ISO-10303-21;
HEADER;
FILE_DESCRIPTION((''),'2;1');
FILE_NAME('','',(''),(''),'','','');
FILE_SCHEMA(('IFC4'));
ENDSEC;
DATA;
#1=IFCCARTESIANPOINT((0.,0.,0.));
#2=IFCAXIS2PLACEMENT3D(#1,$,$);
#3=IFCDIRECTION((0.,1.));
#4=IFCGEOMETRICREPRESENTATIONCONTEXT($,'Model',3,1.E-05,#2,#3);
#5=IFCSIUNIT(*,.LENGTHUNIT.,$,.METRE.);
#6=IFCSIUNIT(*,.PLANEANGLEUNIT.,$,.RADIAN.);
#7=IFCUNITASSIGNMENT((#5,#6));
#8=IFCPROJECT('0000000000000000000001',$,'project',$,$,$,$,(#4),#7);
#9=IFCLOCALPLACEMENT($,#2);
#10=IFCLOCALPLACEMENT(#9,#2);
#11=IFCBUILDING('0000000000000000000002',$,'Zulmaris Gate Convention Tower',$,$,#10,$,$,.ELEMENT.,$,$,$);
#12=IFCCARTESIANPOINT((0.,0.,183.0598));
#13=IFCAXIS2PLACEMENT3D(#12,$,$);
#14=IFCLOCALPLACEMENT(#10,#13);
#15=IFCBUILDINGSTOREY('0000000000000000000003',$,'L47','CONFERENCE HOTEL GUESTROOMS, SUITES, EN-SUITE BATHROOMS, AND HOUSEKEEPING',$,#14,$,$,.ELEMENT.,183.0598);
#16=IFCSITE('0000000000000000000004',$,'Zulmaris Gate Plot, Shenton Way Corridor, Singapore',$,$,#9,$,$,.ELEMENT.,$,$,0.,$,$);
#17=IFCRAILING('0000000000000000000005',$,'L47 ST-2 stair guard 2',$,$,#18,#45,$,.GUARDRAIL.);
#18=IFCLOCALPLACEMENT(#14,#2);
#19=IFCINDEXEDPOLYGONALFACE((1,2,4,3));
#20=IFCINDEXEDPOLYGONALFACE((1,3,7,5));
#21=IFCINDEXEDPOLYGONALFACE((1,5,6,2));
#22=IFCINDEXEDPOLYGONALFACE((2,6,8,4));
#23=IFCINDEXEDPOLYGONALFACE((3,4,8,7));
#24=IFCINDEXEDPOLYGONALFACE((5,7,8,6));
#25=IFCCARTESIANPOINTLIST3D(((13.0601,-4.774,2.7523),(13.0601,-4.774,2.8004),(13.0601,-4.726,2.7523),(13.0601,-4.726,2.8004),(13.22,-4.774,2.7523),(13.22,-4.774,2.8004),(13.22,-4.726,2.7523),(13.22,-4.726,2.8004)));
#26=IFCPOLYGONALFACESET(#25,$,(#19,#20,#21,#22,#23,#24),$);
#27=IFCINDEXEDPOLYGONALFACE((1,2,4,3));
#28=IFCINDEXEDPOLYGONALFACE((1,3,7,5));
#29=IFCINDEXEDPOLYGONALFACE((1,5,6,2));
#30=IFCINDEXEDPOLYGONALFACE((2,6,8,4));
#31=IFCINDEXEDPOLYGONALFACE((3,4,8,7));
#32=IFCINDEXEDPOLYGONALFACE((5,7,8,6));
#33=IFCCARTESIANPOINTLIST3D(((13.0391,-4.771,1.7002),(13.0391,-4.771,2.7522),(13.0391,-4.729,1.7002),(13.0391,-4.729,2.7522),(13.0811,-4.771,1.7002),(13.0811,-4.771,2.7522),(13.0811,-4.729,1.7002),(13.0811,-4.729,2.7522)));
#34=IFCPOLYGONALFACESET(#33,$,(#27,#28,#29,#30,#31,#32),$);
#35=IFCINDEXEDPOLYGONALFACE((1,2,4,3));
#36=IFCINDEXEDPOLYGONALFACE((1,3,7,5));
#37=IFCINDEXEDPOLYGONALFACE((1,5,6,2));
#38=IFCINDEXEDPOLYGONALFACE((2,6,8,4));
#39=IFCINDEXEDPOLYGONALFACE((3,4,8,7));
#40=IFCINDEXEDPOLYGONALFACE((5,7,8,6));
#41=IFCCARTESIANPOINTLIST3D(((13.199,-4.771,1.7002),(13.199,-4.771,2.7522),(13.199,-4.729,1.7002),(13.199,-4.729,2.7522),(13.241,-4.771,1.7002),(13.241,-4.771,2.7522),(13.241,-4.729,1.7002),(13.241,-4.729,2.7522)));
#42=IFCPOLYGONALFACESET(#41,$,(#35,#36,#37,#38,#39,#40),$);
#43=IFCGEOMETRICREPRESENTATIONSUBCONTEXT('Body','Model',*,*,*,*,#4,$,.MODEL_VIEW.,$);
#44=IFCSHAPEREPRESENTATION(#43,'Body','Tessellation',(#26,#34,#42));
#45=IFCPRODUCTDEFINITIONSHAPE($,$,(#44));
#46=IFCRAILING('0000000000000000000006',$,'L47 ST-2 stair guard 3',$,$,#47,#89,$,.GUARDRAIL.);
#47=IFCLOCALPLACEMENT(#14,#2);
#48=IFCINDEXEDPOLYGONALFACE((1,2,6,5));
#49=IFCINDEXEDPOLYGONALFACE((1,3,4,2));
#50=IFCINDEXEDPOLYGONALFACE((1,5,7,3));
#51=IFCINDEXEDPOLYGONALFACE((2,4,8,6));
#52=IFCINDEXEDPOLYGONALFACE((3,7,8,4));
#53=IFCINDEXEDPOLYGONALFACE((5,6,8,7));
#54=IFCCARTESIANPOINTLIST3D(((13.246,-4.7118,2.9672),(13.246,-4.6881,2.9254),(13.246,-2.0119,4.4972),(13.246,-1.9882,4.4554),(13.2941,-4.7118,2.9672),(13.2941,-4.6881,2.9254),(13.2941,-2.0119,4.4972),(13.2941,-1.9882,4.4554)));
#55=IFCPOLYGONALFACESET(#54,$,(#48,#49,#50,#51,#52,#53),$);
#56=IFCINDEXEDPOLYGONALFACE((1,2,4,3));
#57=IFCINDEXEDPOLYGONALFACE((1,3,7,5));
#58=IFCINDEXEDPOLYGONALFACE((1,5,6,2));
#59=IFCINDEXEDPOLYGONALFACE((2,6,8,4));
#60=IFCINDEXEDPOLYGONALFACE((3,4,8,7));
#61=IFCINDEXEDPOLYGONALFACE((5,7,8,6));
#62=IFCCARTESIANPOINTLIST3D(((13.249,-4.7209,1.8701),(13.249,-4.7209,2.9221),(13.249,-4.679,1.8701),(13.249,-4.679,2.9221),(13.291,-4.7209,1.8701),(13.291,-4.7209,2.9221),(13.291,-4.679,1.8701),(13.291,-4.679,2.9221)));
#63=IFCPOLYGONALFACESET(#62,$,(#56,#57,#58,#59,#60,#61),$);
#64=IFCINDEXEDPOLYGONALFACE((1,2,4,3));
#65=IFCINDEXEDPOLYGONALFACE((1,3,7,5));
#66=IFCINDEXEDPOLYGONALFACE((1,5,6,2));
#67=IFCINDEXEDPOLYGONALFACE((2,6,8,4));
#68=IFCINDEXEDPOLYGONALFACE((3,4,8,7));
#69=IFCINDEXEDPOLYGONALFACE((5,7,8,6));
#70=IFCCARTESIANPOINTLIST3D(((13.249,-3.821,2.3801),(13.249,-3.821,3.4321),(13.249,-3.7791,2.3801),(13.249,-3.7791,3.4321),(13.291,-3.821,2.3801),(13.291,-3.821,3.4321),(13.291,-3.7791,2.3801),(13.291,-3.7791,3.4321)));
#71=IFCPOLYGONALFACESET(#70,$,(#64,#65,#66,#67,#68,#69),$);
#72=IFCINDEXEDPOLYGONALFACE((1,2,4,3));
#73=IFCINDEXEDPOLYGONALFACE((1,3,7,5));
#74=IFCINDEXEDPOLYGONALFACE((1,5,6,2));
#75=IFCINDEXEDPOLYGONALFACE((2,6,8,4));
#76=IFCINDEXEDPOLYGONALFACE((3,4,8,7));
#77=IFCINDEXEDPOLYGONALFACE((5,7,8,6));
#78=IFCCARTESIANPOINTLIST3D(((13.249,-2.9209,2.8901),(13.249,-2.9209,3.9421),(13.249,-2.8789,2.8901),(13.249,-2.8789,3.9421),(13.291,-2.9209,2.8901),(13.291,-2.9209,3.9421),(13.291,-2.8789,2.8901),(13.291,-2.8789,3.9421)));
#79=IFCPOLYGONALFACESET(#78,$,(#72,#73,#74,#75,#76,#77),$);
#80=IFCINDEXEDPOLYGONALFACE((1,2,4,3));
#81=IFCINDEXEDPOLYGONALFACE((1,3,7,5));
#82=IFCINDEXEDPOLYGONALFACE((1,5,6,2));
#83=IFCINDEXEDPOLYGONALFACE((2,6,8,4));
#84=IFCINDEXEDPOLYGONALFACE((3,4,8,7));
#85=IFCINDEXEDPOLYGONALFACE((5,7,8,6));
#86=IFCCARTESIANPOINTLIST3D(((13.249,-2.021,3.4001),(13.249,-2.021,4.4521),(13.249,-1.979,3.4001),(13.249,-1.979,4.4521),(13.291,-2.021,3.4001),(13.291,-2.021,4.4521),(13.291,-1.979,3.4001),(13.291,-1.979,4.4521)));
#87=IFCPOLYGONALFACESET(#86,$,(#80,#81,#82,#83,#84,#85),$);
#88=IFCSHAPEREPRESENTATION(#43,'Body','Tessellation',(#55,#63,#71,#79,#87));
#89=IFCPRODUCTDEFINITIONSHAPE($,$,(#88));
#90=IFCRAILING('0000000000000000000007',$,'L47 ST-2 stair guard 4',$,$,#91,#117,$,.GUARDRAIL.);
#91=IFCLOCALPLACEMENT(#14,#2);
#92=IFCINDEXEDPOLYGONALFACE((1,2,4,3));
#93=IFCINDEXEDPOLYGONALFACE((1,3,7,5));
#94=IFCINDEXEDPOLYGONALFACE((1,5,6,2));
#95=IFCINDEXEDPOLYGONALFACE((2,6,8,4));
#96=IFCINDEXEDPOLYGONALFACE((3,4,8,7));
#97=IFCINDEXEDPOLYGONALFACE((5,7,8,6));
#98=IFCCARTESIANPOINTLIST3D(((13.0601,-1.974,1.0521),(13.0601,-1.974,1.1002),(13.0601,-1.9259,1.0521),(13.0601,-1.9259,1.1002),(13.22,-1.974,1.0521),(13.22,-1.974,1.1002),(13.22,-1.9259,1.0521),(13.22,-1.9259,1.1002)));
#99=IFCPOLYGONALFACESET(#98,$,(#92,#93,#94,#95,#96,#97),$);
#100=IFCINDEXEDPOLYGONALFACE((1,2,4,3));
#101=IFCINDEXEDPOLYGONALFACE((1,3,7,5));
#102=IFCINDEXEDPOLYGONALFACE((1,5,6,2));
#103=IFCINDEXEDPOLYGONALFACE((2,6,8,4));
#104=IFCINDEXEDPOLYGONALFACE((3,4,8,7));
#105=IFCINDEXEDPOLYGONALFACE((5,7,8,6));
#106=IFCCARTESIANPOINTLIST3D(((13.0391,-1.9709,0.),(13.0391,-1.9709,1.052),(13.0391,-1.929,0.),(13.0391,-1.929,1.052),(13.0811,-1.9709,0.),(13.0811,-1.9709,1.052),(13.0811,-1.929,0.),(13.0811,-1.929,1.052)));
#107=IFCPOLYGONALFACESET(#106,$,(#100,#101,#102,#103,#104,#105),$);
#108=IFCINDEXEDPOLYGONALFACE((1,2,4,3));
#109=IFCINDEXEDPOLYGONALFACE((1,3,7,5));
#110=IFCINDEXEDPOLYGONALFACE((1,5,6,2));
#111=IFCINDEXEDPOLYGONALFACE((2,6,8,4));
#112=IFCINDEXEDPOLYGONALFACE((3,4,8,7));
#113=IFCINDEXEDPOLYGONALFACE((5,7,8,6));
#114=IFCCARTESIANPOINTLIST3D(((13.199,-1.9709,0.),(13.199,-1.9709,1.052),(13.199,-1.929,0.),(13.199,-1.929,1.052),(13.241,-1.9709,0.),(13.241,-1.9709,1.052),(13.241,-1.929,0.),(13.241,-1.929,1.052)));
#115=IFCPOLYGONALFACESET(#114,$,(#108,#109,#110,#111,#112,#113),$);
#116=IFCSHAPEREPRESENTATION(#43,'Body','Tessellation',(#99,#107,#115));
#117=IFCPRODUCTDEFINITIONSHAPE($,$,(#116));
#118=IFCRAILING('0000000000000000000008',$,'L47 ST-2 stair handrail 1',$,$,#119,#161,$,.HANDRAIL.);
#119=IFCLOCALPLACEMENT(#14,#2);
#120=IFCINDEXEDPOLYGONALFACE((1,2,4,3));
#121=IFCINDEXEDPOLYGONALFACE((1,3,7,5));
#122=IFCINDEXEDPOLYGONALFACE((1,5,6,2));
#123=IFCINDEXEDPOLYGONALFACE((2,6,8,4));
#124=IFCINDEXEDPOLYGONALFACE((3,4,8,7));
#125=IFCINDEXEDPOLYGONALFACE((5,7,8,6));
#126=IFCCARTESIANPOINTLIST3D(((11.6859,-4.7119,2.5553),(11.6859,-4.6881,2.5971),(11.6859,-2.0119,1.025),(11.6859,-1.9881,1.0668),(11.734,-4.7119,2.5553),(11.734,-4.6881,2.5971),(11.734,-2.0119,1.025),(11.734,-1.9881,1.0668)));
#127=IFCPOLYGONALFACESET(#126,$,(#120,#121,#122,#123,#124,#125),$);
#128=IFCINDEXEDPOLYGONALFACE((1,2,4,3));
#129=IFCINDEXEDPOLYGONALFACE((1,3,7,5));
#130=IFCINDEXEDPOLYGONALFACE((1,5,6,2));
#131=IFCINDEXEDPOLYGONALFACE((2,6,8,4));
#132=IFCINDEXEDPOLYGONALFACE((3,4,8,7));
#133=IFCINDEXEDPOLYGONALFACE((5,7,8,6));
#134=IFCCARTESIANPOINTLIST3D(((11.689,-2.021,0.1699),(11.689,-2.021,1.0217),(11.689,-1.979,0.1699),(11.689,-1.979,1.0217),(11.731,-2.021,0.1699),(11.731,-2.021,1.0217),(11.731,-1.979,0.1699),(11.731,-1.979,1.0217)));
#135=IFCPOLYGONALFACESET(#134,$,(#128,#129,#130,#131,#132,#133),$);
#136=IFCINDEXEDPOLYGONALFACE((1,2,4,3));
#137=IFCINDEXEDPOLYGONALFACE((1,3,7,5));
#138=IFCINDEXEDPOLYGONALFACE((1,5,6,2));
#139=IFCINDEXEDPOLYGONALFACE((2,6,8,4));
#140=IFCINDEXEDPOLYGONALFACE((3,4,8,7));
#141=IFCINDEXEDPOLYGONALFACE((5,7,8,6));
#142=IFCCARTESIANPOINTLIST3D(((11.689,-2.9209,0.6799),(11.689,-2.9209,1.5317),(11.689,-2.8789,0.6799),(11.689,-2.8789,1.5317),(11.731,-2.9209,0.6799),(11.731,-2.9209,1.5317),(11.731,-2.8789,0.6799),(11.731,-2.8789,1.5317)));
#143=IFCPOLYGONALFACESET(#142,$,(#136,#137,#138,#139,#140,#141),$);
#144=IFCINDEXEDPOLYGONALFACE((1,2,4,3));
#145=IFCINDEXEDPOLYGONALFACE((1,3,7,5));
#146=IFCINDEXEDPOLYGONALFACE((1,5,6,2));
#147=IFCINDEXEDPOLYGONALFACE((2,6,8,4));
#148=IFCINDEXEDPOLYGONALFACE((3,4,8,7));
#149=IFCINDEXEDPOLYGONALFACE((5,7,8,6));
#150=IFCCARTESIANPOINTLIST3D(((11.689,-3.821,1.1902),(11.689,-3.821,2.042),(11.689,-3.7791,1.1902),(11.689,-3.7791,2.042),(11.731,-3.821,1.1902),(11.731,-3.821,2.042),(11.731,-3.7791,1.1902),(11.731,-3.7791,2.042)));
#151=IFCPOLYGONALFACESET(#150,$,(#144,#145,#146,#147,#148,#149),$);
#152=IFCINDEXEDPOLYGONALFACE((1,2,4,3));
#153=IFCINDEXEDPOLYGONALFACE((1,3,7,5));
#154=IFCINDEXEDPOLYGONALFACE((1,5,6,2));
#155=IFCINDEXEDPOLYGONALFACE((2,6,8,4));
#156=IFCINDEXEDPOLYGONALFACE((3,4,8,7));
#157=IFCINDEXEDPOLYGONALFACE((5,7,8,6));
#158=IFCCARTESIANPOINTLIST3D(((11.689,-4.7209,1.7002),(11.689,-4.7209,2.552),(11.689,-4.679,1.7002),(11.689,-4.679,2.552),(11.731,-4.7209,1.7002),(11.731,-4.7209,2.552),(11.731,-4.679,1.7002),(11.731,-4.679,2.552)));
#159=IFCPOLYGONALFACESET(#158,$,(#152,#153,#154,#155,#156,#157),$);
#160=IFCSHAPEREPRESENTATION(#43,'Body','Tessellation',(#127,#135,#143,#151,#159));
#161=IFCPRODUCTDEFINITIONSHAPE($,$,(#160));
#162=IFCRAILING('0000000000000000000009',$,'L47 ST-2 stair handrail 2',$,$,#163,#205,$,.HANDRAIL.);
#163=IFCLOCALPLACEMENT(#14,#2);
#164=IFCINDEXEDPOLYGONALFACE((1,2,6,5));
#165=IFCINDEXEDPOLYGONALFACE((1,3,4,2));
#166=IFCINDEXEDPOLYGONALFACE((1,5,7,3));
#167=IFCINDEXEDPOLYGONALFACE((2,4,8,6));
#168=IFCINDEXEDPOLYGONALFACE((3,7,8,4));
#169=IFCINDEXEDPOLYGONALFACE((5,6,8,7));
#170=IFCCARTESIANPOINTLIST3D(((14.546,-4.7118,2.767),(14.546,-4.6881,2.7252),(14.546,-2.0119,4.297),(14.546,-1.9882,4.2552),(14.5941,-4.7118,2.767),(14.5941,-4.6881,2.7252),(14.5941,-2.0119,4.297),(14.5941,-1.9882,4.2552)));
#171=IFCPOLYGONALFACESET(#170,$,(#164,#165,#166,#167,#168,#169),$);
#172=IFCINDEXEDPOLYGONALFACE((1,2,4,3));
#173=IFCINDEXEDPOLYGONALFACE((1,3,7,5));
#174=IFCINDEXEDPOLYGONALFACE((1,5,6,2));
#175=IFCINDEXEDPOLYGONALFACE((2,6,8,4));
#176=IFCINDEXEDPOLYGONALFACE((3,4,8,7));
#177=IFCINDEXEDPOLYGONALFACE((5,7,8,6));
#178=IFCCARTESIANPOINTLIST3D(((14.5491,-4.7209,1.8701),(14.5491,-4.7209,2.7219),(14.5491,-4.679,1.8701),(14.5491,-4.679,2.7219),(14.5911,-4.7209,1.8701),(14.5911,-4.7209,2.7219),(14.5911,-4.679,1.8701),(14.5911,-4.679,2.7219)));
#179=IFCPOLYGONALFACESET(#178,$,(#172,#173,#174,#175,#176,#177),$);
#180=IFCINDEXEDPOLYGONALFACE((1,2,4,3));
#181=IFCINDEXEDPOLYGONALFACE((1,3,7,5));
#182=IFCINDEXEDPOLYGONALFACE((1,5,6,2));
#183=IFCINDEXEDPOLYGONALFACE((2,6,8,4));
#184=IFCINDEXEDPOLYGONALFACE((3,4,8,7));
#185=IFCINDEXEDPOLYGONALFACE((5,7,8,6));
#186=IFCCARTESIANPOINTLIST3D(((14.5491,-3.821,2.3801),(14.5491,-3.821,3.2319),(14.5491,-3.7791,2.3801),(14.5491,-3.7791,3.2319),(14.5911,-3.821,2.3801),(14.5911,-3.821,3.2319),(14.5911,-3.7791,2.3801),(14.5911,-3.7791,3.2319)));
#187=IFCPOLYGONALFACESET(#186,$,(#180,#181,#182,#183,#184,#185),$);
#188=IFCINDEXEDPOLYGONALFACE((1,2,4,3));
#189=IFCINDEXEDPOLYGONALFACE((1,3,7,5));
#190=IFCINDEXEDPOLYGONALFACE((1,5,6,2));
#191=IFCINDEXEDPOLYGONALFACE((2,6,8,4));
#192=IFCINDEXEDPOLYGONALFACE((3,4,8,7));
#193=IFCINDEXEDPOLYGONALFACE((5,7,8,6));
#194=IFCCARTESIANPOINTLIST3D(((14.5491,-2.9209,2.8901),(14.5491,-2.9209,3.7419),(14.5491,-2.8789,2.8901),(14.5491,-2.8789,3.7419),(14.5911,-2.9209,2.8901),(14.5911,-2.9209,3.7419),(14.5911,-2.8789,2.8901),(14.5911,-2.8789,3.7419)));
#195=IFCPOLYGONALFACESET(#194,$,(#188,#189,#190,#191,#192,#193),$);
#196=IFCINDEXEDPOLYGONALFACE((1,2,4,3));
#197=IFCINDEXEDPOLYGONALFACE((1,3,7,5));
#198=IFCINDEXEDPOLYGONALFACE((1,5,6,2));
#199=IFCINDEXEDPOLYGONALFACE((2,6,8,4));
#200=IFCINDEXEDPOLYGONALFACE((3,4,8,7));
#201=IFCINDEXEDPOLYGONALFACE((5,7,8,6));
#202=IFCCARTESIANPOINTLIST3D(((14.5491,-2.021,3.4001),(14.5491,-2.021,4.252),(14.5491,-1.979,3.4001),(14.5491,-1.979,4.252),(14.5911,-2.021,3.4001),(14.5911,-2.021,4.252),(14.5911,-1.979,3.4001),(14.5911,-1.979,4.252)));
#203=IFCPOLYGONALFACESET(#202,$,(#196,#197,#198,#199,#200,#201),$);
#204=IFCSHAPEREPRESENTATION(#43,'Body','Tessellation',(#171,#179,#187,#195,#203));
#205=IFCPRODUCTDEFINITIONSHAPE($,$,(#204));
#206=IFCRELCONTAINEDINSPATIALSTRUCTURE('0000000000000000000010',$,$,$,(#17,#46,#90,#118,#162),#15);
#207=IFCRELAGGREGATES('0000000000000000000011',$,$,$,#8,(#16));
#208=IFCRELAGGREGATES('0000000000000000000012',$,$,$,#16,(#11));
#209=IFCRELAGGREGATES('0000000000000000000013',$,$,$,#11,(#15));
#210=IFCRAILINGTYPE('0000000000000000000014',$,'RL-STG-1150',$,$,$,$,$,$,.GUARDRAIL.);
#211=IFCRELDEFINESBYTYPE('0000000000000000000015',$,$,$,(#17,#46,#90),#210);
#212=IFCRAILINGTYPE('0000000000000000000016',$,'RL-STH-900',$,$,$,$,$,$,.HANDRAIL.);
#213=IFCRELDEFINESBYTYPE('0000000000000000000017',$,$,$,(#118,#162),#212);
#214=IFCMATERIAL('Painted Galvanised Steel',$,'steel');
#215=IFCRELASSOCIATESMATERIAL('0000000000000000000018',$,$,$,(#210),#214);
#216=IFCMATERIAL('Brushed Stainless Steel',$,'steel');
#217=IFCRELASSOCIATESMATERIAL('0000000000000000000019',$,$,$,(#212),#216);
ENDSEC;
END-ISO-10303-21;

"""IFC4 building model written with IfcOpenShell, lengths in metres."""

from ifc_helpers import new_model, si_unit, direction, frame, origin, origin_2d, place, context, subcontext, project, spatial, rectangle, extrude, material, type_object, element, save


model = new_model("IFC4")

# Units and contexts
model_context = context("Model", 3, precision=1e-05, world=origin(), true_north=direction((0.0, 1.0)))
body_context = subcontext(model_context, "Body", "Model", "MODEL_VIEW")
ifc_project = project(units=[si_unit("LENGTHUNIT", "METRE"), si_unit("PLANEANGLEUNIT", "RADIAN")], contexts=[model_context])

# Site, building, storey
site_placement = place(None, origin())
site = spatial("IfcSite", under=ifc_project, at=site_placement, Name="Zulmaris Gate Plot, Shenton Way Corridor, Singapore", CompositionType="ELEMENT", RefElevation=0.0)
building_placement = place(site_placement, origin())
building = spatial("IfcBuilding", under=site, at=building_placement, Name="Zulmaris Gate Convention Tower", CompositionType="ELEMENT")
storey_placement = place(building_placement, frame((0.0, 0.0, 183.0598)))
storey = spatial("IfcBuildingStorey", under=building, at=storey_placement, Name="L47", Description="CONFERENCE HOTEL GUESTROOMS, SUITES, EN-SUITE BATHROOMS, AND HOUSEKEEPING", CompositionType="ELEMENT", Elevation=183.0598)

# Railings
ifc_material_1 = material(Name="Painted Galvanised Steel", Category="steel")
railing_type_1 = type_object("IfcRailingType", Name="RL-STG-1150", PredefinedType="GUARDRAIL", material=ifc_material_1)
railing_1_placement = place(storey_placement, frame((13.0601, -4.75, 1.7002)))
element("IfcRailing", 1, at=railing_1_placement, inside=storey, type_object=railing_type_1, Name="L47 ST-2 stair guard 2", PredefinedType="GUARDRAIL", context=body_context, shape_type="SweptSolid", body=[
    extrude(rectangle(XDim=0.0481, YDim=0.0481, at=origin_2d()), frame((0.0, 0.0, 1.0762), z_axis=(1.0, 0.0, 0.0), x_axis=(0.0, 1.0, 0.0)), (0.0, 0.0, 1.0), 0.1599),
    extrude(rectangle(XDim=0.042, YDim=0.042, at=origin_2d()), origin(), (0.0, 0.0, 1.0), 1.052),
    extrude(rectangle(XDim=0.042, YDim=0.042, at=origin_2d()), frame((0.1599, 0.0, 0.0)), (0.0, 0.0, 1.0), 1.052),
])
railing_2_placement = place(storey_placement, frame((13.27, -4.7, 1.8701)))
element("IfcRailing", 2, at=railing_2_placement, inside=storey, type_object=railing_type_1, Name="L47 ST-2 stair guard 3", PredefinedType="GUARDRAIL", context=body_context, shape_type="SweptSolid", body=[
    extrude(rectangle(XDim=0.0481, YDim=0.0481, at=origin_2d()), frame((0.0, 0.0, 1.0762), z_axis=(0.0, 0.870014, 0.493026), x_axis=(-1.0, 0.0, 0.0)), (0.0, 0.0, 1.0), 3.1033),
    extrude(rectangle(XDim=0.042, YDim=0.042, at=origin_2d()), origin(), (0.0, 0.0, 1.0), 1.052),
    extrude(rectangle(XDim=0.042, YDim=0.042, at=origin_2d()), frame((0.0, 0.8999, 0.51)), (0.0, 0.0, 1.0), 1.052),
    extrude(rectangle(XDim=0.042, YDim=0.042, at=origin_2d()), frame((0.0, 1.8, 1.02)), (0.0, 0.0, 1.0), 1.052),
    extrude(rectangle(XDim=0.042, YDim=0.042, at=origin_2d()), frame((0.0, 2.7, 1.53)), (0.0, 0.0, 1.0), 1.052),
])
railing_3_placement = place(storey_placement, frame((13.0601, -1.95, 0.0)))
element("IfcRailing", 3, at=railing_3_placement, inside=storey, type_object=railing_type_1, Name="L47 ST-2 stair guard 4", PredefinedType="GUARDRAIL", context=body_context, shape_type="SweptSolid", body=[
    extrude(rectangle(XDim=0.0481, YDim=0.0481, at=origin_2d()), frame((0.0, 0.0, 1.0762), z_axis=(1.0, 0.0, 0.0), x_axis=(0.0, 1.0, 0.0)), (0.0, 0.0, 1.0), 0.1599),
    extrude(rectangle(XDim=0.042, YDim=0.042, at=origin_2d()), origin(), (0.0, 0.0, 1.0), 1.052),
    extrude(rectangle(XDim=0.042, YDim=0.042, at=origin_2d()), frame((0.1599, 0.0, 0.0)), (0.0, 0.0, 1.0), 1.052),
])
ifc_material_2 = material(Name="Brushed Stainless Steel", Category="steel")
railing_type_2 = type_object("IfcRailingType", Name="RL-STH-900", PredefinedType="HANDRAIL", material=ifc_material_2)
railing_4_placement = place(storey_placement, frame((11.71, -2.0, 0.1699)))
element("IfcRailing", 4, at=railing_4_placement, inside=storey, type_object=railing_type_2, Name="L47 ST-2 stair handrail 1", PredefinedType="HANDRAIL", context=body_context, shape_type="SweptSolid", body=[
    extrude(rectangle(XDim=0.0481, YDim=0.0481, at=origin_2d()), frame((0.0, 0.0, 0.876), z_axis=(0.0, -0.869981, 0.493086), x_axis=(1.0, 0.0, 0.0)), (0.0, 0.0, 1.0), 3.1035),
    extrude(rectangle(XDim=0.042, YDim=0.042, at=origin_2d()), origin(), (0.0, 0.0, 1.0), 0.8518),
    extrude(rectangle(XDim=0.042, YDim=0.042, at=origin_2d()), frame((0.0, -0.8999, 0.51)), (0.0, 0.0, 1.0), 0.8518),
    extrude(rectangle(XDim=0.042, YDim=0.042, at=origin_2d()), frame((0.0, -1.8, 1.0203)), (0.0, 0.0, 1.0), 0.8518),
    extrude(rectangle(XDim=0.042, YDim=0.042, at=origin_2d()), frame((0.0, -2.7, 1.5303)), (0.0, 0.0, 1.0), 0.8518),
])
railing_5_placement = place(storey_placement, frame((14.5701, -4.7, 1.8701)))
element("IfcRailing", 5, at=railing_5_placement, inside=storey, type_object=railing_type_2, Name="L47 ST-2 stair handrail 2", PredefinedType="HANDRAIL", context=body_context, shape_type="SweptSolid", body=[
    extrude(rectangle(XDim=0.0481, YDim=0.0481, at=origin_2d()), frame((0.0, 0.0, 0.876), z_axis=(0.0, 0.870014, 0.493026), x_axis=(-1.0, 0.0, 0.0)), (0.0, 0.0, 1.0), 3.1033),
    extrude(rectangle(XDim=0.042, YDim=0.042, at=origin_2d()), origin(), (0.0, 0.0, 1.0), 0.8518),
    extrude(rectangle(XDim=0.042, YDim=0.042, at=origin_2d()), frame((0.0, 0.8999, 0.51)), (0.0, 0.0, 1.0), 0.8518),
    extrude(rectangle(XDim=0.042, YDim=0.042, at=origin_2d()), frame((0.0, 1.8, 1.02)), (0.0, 0.0, 1.0), 0.8518),
    extrude(rectangle(XDim=0.042, YDim=0.042, at=origin_2d()), frame((0.0, 2.7, 1.53)), (0.0, 0.0, 1.0), 0.8518),
])

save(model, "model.ifc")
